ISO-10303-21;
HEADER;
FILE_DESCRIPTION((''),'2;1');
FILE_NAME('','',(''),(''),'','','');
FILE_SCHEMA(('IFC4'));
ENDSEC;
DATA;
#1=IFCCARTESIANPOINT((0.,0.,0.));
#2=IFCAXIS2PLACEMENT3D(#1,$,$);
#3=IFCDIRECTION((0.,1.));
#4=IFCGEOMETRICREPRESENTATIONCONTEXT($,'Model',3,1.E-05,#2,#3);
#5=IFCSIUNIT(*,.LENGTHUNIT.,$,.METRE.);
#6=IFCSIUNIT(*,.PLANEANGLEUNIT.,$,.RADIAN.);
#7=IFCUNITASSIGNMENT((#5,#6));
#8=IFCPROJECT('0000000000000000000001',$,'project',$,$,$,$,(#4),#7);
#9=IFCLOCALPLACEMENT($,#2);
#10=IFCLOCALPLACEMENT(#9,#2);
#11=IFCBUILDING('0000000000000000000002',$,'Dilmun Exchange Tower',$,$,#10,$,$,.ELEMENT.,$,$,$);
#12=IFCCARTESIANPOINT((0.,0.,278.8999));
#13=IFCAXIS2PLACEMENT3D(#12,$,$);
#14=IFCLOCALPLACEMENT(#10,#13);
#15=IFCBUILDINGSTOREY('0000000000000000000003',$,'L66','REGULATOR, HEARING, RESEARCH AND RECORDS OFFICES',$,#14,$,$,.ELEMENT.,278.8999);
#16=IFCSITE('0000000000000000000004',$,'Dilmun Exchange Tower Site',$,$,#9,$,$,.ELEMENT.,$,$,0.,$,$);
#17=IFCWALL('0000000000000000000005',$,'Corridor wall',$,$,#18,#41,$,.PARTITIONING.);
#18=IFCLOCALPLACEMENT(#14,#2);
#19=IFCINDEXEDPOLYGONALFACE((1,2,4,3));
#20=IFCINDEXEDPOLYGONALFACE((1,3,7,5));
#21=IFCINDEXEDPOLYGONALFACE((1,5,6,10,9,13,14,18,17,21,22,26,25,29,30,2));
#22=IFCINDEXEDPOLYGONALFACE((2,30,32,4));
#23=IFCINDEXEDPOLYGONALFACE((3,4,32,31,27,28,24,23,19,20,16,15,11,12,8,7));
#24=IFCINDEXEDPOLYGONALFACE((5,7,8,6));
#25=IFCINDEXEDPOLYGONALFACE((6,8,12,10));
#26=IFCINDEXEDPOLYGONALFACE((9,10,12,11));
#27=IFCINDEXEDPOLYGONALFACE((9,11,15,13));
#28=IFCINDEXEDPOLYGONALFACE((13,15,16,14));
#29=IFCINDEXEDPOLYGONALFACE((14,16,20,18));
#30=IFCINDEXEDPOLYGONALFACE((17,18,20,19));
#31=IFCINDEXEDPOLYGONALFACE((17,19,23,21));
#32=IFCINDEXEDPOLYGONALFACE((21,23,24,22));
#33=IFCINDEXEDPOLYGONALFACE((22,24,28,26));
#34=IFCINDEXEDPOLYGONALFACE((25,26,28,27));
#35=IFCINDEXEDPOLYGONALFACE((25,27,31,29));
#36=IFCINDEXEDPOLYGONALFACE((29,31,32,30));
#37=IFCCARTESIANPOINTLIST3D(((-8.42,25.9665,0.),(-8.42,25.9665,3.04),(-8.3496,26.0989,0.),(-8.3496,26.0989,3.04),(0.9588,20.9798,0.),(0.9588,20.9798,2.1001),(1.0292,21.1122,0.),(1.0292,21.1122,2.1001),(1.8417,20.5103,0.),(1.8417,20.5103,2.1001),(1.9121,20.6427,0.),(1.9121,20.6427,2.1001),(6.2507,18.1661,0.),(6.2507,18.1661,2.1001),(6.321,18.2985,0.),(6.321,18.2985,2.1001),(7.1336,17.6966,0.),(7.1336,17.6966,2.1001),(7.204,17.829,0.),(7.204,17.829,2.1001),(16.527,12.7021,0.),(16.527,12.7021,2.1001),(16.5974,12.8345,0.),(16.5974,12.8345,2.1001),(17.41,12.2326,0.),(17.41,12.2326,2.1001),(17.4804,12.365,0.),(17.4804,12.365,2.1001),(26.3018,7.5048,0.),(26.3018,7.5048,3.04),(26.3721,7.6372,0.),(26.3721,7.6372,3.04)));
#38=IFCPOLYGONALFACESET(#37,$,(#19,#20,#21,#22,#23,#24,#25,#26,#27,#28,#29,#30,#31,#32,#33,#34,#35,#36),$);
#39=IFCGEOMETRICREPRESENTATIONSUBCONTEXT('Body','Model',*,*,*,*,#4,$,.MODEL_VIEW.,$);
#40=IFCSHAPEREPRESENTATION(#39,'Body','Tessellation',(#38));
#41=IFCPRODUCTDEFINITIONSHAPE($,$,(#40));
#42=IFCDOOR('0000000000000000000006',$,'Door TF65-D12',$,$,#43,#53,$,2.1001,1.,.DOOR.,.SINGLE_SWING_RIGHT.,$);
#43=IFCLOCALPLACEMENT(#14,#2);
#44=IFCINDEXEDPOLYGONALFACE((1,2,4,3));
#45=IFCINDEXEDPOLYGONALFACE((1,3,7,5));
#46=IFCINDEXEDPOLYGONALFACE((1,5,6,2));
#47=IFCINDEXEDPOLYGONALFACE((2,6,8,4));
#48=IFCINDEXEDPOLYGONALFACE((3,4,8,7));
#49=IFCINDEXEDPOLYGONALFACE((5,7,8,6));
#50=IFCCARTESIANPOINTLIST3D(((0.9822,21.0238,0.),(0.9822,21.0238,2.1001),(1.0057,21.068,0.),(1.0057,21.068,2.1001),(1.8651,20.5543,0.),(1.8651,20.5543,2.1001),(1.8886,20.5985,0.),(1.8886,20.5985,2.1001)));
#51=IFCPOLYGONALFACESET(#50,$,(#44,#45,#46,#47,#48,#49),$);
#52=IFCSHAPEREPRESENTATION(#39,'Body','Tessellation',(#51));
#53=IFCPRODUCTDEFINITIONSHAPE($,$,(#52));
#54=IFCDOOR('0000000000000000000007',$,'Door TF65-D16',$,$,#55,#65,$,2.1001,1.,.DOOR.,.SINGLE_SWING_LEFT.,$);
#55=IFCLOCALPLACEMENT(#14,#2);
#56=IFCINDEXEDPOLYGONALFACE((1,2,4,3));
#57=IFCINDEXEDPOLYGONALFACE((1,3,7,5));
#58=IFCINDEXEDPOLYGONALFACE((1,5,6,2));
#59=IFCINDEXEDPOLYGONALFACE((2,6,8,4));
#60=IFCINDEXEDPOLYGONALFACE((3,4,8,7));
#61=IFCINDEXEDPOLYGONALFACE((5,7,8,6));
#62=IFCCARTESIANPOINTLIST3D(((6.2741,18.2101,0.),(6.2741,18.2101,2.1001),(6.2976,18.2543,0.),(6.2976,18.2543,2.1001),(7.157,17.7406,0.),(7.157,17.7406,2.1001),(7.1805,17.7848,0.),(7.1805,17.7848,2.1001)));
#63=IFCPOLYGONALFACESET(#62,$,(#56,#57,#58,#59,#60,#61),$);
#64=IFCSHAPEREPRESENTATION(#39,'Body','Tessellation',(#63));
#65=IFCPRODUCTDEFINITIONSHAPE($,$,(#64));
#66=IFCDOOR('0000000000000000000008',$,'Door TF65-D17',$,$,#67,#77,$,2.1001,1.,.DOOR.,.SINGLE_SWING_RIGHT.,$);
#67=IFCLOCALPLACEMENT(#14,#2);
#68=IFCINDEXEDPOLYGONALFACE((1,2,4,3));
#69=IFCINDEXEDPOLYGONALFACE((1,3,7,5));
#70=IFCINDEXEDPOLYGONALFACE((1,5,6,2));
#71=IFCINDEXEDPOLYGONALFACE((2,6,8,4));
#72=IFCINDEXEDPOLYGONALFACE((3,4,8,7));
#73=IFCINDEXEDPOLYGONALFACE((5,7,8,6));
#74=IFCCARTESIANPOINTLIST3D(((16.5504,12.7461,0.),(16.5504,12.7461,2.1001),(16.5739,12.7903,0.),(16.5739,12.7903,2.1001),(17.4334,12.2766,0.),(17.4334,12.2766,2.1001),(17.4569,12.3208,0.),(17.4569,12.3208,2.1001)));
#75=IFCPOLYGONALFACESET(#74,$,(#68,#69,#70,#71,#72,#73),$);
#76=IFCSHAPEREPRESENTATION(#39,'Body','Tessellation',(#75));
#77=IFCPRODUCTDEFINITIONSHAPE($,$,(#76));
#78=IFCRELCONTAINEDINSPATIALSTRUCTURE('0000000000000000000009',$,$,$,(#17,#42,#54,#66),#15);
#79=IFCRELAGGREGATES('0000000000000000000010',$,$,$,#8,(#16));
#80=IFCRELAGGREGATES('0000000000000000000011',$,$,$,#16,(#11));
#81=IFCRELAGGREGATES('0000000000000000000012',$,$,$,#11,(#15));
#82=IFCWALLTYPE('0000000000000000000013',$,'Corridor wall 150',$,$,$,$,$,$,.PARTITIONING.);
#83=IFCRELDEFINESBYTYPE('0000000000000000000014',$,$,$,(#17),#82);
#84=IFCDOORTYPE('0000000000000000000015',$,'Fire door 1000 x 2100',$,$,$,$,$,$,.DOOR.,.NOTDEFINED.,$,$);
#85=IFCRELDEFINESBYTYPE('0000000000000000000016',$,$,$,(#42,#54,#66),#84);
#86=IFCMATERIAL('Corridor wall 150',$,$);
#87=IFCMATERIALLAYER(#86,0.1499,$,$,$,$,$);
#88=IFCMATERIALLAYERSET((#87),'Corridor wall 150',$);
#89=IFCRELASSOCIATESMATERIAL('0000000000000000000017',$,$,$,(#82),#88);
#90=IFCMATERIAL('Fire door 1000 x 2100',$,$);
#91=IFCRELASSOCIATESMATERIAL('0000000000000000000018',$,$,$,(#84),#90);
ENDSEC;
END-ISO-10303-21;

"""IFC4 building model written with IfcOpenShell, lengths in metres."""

from ifc_helpers import new_model, si_unit, direction, frame, frame_2d, origin, place, context, subcontext, project, spatial, rectangle, extrude, material, layer, layer_set, type_object, element, fill, save


model = new_model("IFC4")

# Units and contexts
model_context = context("Model", 3, precision=1e-05, world=origin(), true_north=direction((0.0, 1.0)))
body_context = subcontext(model_context, "Body", "Model", "MODEL_VIEW")
ifc_project = project(units=[si_unit("LENGTHUNIT", "METRE"), si_unit("PLANEANGLEUNIT", "RADIAN")], contexts=[model_context])

# Site, building, storey
site_placement = place(None, origin())
site = spatial("IfcSite", under=ifc_project, at=site_placement, Name="Dilmun Exchange Tower Site", CompositionType="ELEMENT", RefElevation=0.0)
building_placement = place(site_placement, origin())
building = spatial("IfcBuilding", under=site, at=building_placement, Name="Dilmun Exchange Tower", CompositionType="ELEMENT")
storey_placement = place(building_placement, frame((0.0, 0.0, 278.8999)))
storey = spatial("IfcBuildingStorey", under=building, at=storey_placement, Name="L66", Description="REGULATOR, HEARING, RESEARCH AND RECORDS OFFICES", CompositionType="ELEMENT", Elevation=278.8999)

# Wall, openings, doors
ifc_material_1 = material(Name="Corridor wall 150")
ifc_layer_1 = layer(ifc_material_1, 0.1499)
ifc_layer_set_1 = layer_set([ifc_layer_1], Name="Corridor wall 150")
wall_type = type_object("IfcWallType", Name="Corridor wall 150", PredefinedType="PARTITIONING", material=ifc_layer_set_1)
wall_placement = place(storey_placement, frame((-8.3848, 26.0327, 0.0), z_axis=(0.0, 0.0, 1.0), x_axis=(0.882949, -0.469468, 0.0)))
wall = element("IfcWall", 1, at=wall_placement, inside=storey, type_object=wall_type, Name="Corridor wall", PredefinedType="PARTITIONING", context=body_context, shape_type="SweptSolid", body=[
    extrude(rectangle(XDim=39.3247, YDim=0.1499, at=frame_2d((19.6624, 0.0))), origin(), (0.0, 0.0, 1.0), 3.04),
])
opening_1_placement = place(wall_placement, frame((10.6221, 0.0, 0.0)))
opening_1 = element("IfcOpeningElement", 2, at=opening_1_placement, cuts=wall, PredefinedType="OPENING", context=body_context, shape_type="SweptSolid", body=[
    extrude(rectangle(XDim=1.0, YDim=2.1001, at=frame_2d((0.5, 1.05))), frame((0.0, 0.085, 0.0), z_axis=(0.0, -1.0, 0.0), x_axis=(1.0, 0.0, 0.0)), (0.0, 0.0, 1.0), 0.1699),
])
opening_2_placement = place(wall_placement, frame((16.6155, 0.0, 0.0)))
opening_2 = element("IfcOpeningElement", 3, at=opening_2_placement, cuts=wall, PredefinedType="OPENING", context=body_context, shape_type="SweptSolid", body=[
    extrude(rectangle(XDim=1.0, YDim=2.1001, at=frame_2d((0.5, 1.05))), frame((0.0, 0.085, 0.0), z_axis=(0.0, -1.0, 0.0), x_axis=(1.0, 0.0, 0.0)), (0.0, 0.0, 1.0), 0.1699),
])
opening_3_placement = place(wall_placement, frame((28.2542, 0.0, 0.0)))
opening_3 = element("IfcOpeningElement", 4, at=opening_3_placement, cuts=wall, PredefinedType="OPENING", context=body_context, shape_type="SweptSolid", body=[
    extrude(rectangle(XDim=1.0, YDim=2.1001, at=frame_2d((0.5, 1.05))), frame((0.0, 0.085, 0.0), z_axis=(0.0, -1.0, 0.0), x_axis=(1.0, 0.0, 0.0)), (0.0, 0.0, 1.0), 0.1699),
])
ifc_material_2 = material(Name="Fire door 1000 x 2100")
door_type = type_object("IfcDoorType", Name="Fire door 1000 x 2100", OperationType="NOTDEFINED", PredefinedType="DOOR", material=ifc_material_2)
door_1_placement = place(opening_1_placement, origin())
door_1 = element("IfcDoor", 5, at=door_1_placement, inside=storey, type_object=door_type, Name="Door TF65-D12", OperationType="SINGLE_SWING_RIGHT", OverallHeight=2.1001, OverallWidth=1.0, PredefinedType="DOOR", context=body_context, shape_type="SweptSolid", body=[
    extrude(rectangle(XDim=1.0, YDim=2.1001, at=frame_2d((0.5, 1.05))), frame((0.0, 0.0249, 0.0), z_axis=(0.0, -1.0, 0.0), x_axis=(1.0, 0.0, 0.0)), (0.0, 0.0, 1.0), 0.05),
])
fill(opening_1, door_1)
door_2_placement = place(opening_2_placement, origin())
door_2 = element("IfcDoor", 6, at=door_2_placement, inside=storey, type_object=door_type, Name="Door TF65-D16", OperationType="SINGLE_SWING_LEFT", OverallHeight=2.1001, OverallWidth=1.0, PredefinedType="DOOR", context=body_context, shape_type="SweptSolid", body=[
    extrude(rectangle(XDim=1.0, YDim=2.1001, at=frame_2d((0.5, 1.05))), frame((0.0, 0.0249, 0.0), z_axis=(0.0, -1.0, 0.0), x_axis=(1.0, 0.0, 0.0)), (0.0, 0.0, 1.0), 0.05),
])
fill(opening_2, door_2)
door_3_placement = place(opening_3_placement, origin())
door_3 = element("IfcDoor", 7, at=door_3_placement, inside=storey, type_object=door_type, Name="Door TF65-D17", OperationType="SINGLE_SWING_RIGHT", OverallHeight=2.1001, OverallWidth=1.0, PredefinedType="DOOR", context=body_context, shape_type="SweptSolid", body=[
    extrude(rectangle(XDim=1.0, YDim=2.1001, at=frame_2d((0.5, 1.05))), frame((0.0, 0.0249, 0.0), z_axis=(0.0, -1.0, 0.0), x_axis=(1.0, 0.0, 0.0)), (0.0, 0.0, 1.0), 0.05),
])
fill(opening_3, door_3)

save(model, "model.ifc")
